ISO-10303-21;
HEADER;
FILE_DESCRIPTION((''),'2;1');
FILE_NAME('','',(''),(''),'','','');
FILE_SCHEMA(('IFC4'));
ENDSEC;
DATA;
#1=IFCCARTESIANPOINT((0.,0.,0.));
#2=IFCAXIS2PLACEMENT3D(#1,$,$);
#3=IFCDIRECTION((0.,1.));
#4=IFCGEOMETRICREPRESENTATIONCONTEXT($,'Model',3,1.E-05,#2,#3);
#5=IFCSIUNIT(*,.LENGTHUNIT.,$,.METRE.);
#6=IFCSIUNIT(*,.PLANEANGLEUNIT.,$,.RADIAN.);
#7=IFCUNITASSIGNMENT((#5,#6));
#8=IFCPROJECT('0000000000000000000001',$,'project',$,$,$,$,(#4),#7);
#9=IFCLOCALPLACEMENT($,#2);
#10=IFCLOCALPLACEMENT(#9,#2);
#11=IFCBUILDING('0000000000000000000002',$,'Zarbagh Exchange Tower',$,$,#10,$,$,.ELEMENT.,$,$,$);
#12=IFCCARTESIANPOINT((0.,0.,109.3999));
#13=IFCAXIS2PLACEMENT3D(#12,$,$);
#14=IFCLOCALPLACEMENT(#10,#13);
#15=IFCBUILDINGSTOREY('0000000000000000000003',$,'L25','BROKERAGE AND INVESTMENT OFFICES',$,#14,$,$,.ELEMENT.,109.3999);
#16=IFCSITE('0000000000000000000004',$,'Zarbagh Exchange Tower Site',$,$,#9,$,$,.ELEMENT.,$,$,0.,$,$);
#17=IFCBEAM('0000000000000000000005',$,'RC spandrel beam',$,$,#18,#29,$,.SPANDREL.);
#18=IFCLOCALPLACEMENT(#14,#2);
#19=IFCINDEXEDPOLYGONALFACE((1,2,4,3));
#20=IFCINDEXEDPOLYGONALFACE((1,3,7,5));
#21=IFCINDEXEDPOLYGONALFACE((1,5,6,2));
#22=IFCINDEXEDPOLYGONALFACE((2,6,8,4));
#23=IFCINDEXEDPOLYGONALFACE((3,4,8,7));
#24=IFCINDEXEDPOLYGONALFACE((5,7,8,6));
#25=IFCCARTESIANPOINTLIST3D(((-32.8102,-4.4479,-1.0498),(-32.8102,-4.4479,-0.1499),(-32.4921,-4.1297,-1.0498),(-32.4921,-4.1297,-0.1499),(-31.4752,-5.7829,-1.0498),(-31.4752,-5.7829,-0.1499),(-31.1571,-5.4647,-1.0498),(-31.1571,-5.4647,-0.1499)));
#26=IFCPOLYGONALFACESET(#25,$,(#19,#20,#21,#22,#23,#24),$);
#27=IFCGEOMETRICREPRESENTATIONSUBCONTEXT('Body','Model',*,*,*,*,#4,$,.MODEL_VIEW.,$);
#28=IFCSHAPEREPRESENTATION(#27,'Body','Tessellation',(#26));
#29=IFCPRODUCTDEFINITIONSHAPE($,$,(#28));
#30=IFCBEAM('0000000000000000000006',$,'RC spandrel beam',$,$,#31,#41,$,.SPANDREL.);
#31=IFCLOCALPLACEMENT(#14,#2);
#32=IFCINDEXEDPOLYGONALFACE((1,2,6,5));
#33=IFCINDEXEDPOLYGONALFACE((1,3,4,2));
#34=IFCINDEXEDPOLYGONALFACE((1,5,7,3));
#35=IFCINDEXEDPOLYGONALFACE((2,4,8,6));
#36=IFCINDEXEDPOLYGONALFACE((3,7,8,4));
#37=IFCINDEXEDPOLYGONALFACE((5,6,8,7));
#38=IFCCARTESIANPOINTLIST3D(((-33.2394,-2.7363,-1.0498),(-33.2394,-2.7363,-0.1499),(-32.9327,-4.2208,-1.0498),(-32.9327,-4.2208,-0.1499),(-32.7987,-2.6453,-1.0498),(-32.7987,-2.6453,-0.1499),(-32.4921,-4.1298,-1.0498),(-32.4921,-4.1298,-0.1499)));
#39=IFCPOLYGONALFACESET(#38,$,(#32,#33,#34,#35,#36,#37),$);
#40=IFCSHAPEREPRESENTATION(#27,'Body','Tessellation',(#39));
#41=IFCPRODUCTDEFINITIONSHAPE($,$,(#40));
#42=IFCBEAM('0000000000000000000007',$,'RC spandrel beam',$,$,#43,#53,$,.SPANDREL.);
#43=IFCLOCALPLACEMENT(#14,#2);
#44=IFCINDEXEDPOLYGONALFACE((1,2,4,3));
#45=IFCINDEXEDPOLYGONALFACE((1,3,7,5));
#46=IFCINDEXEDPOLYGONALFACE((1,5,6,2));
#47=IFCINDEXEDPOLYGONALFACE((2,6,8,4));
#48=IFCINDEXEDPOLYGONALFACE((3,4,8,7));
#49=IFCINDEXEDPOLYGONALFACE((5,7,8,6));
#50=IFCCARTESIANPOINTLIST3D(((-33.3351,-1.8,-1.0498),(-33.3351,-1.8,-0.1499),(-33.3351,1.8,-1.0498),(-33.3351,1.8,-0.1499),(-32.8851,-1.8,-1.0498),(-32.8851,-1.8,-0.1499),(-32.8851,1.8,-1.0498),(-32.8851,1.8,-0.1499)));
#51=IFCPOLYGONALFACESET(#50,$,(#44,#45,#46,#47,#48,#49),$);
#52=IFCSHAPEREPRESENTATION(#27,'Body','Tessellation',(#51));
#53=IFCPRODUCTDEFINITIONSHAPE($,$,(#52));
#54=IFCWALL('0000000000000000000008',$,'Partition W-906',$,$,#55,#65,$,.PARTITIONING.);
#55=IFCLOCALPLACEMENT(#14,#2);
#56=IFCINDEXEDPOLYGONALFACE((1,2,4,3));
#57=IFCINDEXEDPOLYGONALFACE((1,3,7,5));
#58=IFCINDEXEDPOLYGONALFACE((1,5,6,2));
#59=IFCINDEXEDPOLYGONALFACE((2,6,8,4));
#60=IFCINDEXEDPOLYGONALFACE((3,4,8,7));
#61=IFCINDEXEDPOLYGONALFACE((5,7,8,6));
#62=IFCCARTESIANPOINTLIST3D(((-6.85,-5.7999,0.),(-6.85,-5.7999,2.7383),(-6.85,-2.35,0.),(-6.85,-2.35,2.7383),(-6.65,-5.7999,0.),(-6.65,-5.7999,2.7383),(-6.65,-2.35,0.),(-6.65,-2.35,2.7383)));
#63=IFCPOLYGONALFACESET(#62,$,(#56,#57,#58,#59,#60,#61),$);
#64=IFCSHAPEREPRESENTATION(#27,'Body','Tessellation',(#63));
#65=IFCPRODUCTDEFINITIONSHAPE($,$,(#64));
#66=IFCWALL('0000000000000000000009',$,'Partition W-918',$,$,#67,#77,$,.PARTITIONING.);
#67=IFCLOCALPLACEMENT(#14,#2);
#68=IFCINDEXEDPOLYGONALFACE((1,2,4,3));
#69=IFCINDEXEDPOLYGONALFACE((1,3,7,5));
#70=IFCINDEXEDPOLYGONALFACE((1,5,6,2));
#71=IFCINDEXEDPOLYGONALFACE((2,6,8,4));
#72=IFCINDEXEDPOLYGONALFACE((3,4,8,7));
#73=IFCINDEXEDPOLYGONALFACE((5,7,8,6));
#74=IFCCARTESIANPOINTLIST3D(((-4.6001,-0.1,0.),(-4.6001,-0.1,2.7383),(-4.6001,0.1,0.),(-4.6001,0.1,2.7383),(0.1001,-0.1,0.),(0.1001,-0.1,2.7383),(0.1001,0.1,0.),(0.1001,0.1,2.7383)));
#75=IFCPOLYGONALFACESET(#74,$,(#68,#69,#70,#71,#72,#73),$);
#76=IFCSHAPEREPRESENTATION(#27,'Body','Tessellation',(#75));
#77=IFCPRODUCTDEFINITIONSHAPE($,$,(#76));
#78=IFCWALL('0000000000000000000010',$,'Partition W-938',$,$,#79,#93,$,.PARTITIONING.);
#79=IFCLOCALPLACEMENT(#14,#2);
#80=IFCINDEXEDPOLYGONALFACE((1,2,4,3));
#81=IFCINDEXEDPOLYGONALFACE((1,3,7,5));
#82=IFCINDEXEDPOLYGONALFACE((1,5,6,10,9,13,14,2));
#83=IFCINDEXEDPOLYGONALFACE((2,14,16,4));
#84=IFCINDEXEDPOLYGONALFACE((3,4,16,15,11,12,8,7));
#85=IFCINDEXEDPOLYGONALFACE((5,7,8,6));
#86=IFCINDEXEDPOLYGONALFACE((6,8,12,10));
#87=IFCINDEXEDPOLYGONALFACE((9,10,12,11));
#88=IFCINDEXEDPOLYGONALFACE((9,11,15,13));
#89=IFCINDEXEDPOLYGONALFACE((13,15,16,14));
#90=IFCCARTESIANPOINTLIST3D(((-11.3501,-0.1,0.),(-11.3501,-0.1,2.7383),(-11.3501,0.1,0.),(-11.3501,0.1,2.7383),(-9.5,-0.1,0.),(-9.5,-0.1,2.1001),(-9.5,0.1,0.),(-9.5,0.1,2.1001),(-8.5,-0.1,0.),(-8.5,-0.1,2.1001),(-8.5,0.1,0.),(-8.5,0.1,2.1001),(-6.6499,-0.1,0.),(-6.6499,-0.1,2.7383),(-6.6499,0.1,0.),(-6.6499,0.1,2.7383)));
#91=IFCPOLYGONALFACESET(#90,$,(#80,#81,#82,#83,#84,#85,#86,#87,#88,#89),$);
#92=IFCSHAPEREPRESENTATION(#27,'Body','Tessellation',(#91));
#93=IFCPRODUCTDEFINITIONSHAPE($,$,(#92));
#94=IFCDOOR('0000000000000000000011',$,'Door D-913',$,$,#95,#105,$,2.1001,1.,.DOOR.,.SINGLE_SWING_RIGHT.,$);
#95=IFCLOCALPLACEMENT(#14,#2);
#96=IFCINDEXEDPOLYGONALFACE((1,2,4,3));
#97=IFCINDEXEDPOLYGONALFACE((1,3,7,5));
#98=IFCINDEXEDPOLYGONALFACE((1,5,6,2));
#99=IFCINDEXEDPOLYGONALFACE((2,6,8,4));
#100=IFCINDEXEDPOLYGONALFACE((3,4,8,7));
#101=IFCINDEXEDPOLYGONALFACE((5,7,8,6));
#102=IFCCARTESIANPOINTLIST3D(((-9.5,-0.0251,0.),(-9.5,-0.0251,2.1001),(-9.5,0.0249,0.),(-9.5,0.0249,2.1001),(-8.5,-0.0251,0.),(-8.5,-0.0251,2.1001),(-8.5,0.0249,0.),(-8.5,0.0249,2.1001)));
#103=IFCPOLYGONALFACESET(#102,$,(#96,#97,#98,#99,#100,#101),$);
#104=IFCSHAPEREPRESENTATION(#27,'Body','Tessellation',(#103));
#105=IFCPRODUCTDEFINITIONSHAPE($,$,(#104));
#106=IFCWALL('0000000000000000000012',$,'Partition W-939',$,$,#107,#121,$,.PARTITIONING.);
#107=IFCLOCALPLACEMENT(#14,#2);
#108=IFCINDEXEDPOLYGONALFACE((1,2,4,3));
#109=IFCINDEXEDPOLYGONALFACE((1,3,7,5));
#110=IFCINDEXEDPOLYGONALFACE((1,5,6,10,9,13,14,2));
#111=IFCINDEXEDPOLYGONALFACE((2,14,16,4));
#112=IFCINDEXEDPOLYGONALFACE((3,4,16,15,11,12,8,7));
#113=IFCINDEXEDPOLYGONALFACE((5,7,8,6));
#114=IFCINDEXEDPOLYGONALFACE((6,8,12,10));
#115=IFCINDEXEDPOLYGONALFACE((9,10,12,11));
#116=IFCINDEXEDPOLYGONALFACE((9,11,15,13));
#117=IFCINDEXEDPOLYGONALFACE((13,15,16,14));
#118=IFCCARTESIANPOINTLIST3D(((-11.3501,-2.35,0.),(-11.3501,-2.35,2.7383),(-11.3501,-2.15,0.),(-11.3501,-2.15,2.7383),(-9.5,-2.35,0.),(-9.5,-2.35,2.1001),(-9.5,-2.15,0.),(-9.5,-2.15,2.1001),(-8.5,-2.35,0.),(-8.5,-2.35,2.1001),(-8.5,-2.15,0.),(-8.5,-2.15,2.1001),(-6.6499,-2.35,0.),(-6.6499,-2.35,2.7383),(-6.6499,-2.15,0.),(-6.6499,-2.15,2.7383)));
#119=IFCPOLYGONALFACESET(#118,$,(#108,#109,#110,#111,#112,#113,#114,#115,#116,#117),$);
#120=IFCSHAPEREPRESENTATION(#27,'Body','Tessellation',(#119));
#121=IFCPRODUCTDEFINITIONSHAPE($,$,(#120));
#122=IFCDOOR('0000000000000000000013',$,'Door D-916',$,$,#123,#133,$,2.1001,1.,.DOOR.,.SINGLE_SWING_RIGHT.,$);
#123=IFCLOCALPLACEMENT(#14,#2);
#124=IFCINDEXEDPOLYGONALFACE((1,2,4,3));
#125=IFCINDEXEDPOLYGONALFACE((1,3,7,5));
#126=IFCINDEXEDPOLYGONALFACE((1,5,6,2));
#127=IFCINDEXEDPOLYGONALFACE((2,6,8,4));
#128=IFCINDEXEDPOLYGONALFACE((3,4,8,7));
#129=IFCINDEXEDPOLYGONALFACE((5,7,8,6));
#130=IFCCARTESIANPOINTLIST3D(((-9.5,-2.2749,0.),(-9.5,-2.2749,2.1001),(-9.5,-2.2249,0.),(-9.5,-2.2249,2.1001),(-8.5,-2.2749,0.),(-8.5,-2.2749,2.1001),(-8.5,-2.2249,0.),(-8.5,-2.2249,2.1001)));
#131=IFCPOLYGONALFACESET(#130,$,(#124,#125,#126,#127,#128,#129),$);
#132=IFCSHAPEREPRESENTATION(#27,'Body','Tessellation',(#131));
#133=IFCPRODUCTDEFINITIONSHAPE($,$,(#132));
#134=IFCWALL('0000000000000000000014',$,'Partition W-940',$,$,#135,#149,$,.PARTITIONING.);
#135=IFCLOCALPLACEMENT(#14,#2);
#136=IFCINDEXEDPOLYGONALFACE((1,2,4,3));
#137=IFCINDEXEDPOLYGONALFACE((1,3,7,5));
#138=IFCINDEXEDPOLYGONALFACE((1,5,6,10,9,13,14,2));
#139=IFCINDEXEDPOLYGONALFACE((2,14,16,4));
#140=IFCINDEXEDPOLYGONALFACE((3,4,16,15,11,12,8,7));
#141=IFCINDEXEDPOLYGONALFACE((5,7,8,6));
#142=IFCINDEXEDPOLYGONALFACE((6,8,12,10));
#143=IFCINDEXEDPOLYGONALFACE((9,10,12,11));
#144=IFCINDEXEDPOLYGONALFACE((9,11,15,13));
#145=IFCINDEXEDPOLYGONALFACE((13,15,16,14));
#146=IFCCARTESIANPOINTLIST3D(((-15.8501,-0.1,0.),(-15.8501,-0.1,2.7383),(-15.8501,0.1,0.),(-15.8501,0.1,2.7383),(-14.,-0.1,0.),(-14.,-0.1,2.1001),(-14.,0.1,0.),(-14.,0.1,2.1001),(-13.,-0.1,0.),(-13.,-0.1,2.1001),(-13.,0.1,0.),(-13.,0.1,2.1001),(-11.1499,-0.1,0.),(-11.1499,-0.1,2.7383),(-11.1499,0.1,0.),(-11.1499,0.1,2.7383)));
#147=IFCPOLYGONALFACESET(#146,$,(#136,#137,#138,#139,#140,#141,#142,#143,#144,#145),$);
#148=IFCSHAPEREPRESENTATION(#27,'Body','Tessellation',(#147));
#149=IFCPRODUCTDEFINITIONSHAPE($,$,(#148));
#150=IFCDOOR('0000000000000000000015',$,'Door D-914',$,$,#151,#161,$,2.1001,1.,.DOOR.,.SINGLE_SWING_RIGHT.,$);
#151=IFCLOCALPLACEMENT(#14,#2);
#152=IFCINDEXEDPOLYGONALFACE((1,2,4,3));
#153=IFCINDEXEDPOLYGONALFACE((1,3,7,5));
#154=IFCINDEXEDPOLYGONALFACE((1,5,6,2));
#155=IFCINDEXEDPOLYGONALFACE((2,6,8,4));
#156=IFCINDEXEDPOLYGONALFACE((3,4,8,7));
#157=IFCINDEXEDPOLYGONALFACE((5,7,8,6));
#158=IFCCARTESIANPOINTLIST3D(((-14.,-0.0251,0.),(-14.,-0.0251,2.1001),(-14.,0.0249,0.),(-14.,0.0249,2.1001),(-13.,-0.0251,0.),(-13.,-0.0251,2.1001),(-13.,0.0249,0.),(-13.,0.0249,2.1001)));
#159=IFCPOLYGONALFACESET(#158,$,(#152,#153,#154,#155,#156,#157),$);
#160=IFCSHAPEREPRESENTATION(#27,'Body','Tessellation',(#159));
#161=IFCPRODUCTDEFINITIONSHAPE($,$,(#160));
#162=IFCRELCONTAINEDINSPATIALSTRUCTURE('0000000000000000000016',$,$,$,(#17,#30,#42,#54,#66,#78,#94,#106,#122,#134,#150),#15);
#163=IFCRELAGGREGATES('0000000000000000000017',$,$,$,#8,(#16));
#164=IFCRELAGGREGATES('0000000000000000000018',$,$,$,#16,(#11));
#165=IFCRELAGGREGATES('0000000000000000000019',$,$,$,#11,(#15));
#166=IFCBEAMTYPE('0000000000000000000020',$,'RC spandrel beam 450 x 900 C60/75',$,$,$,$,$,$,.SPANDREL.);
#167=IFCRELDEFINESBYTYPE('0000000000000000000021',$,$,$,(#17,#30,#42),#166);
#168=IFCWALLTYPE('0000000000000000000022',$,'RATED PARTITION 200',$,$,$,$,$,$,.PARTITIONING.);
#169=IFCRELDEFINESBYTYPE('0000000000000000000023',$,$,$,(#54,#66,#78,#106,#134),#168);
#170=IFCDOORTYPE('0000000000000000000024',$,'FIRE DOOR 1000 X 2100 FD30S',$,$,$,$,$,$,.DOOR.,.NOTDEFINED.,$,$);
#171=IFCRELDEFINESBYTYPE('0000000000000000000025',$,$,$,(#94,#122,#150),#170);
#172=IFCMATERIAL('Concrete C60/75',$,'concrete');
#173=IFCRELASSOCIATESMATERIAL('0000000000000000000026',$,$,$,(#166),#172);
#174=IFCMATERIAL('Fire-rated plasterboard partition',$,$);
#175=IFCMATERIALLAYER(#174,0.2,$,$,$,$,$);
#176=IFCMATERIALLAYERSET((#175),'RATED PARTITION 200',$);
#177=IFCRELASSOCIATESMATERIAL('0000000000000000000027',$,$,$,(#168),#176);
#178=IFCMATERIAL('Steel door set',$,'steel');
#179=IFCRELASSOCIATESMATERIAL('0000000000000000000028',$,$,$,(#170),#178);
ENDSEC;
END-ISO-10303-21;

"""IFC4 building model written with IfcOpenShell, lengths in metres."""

from ifc_helpers import new_model, si_unit, direction, frame, frame_2d, origin, origin_2d, place, context, subcontext, project, spatial, rectangle, extrude, material, layer, layer_set, material_profile, profile_set, type_object, element, fill, save


model = new_model("IFC4")

# Units and contexts
model_context = context("Model", 3, precision=1e-05, world=origin(), true_north=direction((0.0, 1.0)))
body_context = subcontext(model_context, "Body", "Model", "MODEL_VIEW")
ifc_project = project(units=[si_unit("LENGTHUNIT", "METRE"), si_unit("PLANEANGLEUNIT", "RADIAN")], contexts=[model_context])

# Site, building, storey
site_placement = place(None, origin())
site = spatial("IfcSite", under=ifc_project, at=site_placement, Name="Zarbagh Exchange Tower Site", CompositionType="ELEMENT", RefElevation=0.0)
building_placement = place(site_placement, origin())
building = spatial("IfcBuilding", under=site, at=building_placement, Name="Zarbagh Exchange Tower", CompositionType="ELEMENT")
storey_placement = place(building_placement, frame((0.0, 0.0, 109.3999)))
storey = spatial("IfcBuildingStorey", under=building, at=storey_placement, Name="L25", Description="BROKERAGE AND INVESTMENT OFFICES", CompositionType="ELEMENT", Elevation=109.3999)

# Shared definitions
ifc_material_1 = material(Name="Concrete C60/75", Category="concrete")

# Beams
ifc_material_profile_1 = material_profile(ifc_material_1, rectangle(XDim=0.45, YDim=0.8999, at=origin_2d()), Name="RC spandrel beam 450 x 900 C60/75")
ifc_profile_set_1 = profile_set([ifc_material_profile_1], Name="Concrete C60/75")
beam_type_1 = type_object("IfcBeamType", Name="RC spandrel beam 450 x 900 C60/75", PredefinedType="SPANDREL", material=ifc_profile_set_1)
beam_1_placement = place(storey_placement, frame((-31.3162, -5.6238, -0.5999), z_axis=(-0.707107, 0.707107, 0.0), x_axis=(-0.707107, -0.707107, 0.0)))
element("IfcBeam", 1, at=beam_1_placement, inside=storey, type_object=beam_type_1, Name="RC spandrel beam", PredefinedType="SPANDREL", context=body_context, shape_type="SweptSolid", body=[
    extrude(rectangle(XDim=0.45, YDim=0.8999, at=origin_2d()), origin(), (0.0, 0.0, 1.0), 1.8879),
])
beam_2_placement = place(storey_placement, frame((-32.7124, -4.1753, -0.5999), z_axis=(-0.202275, 0.979329, 0.0), x_axis=(-0.979329, -0.202275, 0.0)))
element("IfcBeam", 2, at=beam_2_placement, inside=storey, type_object=beam_type_1, Name="RC spandrel beam", PredefinedType="SPANDREL", context=body_context, shape_type="SweptSolid", body=[
    extrude(rectangle(XDim=0.45, YDim=0.8999, at=origin_2d()), origin(), (0.0, 0.0, 1.0), 1.5159),
])
beam_3_placement = place(storey_placement, frame((-33.1101, -1.8, -0.5999), z_axis=(0.0, 1.0, 0.0), x_axis=(-1.0, 0.0, 0.0)))
element("IfcBeam", 3, at=beam_3_placement, inside=storey, type_object=beam_type_1, Name="RC spandrel beam", PredefinedType="SPANDREL", context=body_context, shape_type="SweptSolid", body=[
    extrude(rectangle(XDim=0.45, YDim=0.8999, at=origin_2d()), origin(), (0.0, 0.0, 1.0), 3.6001),
])

# Walls
ifc_material_2 = material(Name="Fire-rated plasterboard partition")
ifc_layer = layer(ifc_material_2, 0.2)
ifc_layer_set = layer_set([ifc_layer], Name="RATED PARTITION 200")
wall_type = type_object("IfcWallType", Name="RATED PARTITION 200", PredefinedType="PARTITIONING", material=ifc_layer_set)
wall_1_placement = place(storey_placement, frame((-6.75, -5.8, 0.0), z_axis=(0.0, 0.0, 1.0), x_axis=(0.0, 1.0, 0.0)))
element("IfcWall", 4, at=wall_1_placement, inside=storey, type_object=wall_type, Name="Partition W-906", PredefinedType="PARTITIONING", context=body_context, shape_type="SweptSolid", body=[
    extrude(rectangle(XDim=3.45, YDim=0.2, at=frame_2d((1.7251, 0.0))), origin(), (0.0, 0.0, 1.0), 2.7383),
])
wall_2_placement = place(storey_placement, frame((-4.6001, 0.0, 0.0), z_axis=(0.0, 0.0, 1.0), x_axis=(1.0, 0.0, 0.0)))
element("IfcWall", 5, at=wall_2_placement, inside=storey, type_object=wall_type, Name="Partition W-918", PredefinedType="PARTITIONING", context=body_context, shape_type="SweptSolid", body=[
    extrude(rectangle(XDim=4.7002, YDim=0.2, at=frame_2d((2.3501, 0.0))), origin(), (0.0, 0.0, 1.0), 2.7383),
])

# Walls, openings, doors
wall_3_placement = place(storey_placement, frame((-11.3501, 0.0, 0.0), z_axis=(0.0, 0.0, 1.0), x_axis=(1.0, 0.0, 0.0)))
wall_3 = element("IfcWall", 6, at=wall_3_placement, inside=storey, type_object=wall_type, Name="Partition W-938", PredefinedType="PARTITIONING", context=body_context, shape_type="SweptSolid", body=[
    extrude(rectangle(XDim=4.7002, YDim=0.2, at=frame_2d((2.3501, 0.0))), origin(), (0.0, 0.0, 1.0), 2.7383),
])
opening_1_placement = place(wall_3_placement, frame((1.8501, 0.0, 0.0)))
opening_1 = element("IfcOpeningElement", 7, at=opening_1_placement, cuts=wall_3, PredefinedType="OPENING", context=body_context, shape_type="SweptSolid", body=[
    extrude(rectangle(XDim=1.0, YDim=2.1001, at=frame_2d((0.5, 1.05))), frame((0.0, 0.1099, 0.0), z_axis=(0.0, -1.0, 0.0), x_axis=(1.0, 0.0, 0.0)), (0.0, 0.0, 1.0), 0.22),
])
ifc_material_3 = material(Name="Steel door set", Category="steel")
door_type = type_object("IfcDoorType", Name="FIRE DOOR 1000 X 2100 FD30S", OperationType="NOTDEFINED", PredefinedType="DOOR", material=ifc_material_3)
door_1_placement = place(opening_1_placement, origin())
door_1 = element("IfcDoor", 8, at=door_1_placement, inside=storey, type_object=door_type, Name="Door D-913", OperationType="SINGLE_SWING_RIGHT", OverallHeight=2.1001, OverallWidth=1.0, PredefinedType="DOOR", context=body_context, shape_type="SweptSolid", body=[
    extrude(rectangle(XDim=1.0, YDim=2.1001, at=frame_2d((0.5, 1.05))), frame((0.0, 0.0249, 0.0), z_axis=(0.0, -1.0, 0.0), x_axis=(1.0, 0.0, 0.0)), (0.0, 0.0, 1.0), 0.05),
])
fill(opening_1, door_1)
wall_4_placement = place(storey_placement, frame((-6.6499, -2.25, 0.0), z_axis=(0.0, 0.0, 1.0), x_axis=(-1.0, 0.0, 0.0)))
wall_4 = element("IfcWall", 9, at=wall_4_placement, inside=storey, type_object=wall_type, Name="Partition W-939", PredefinedType="PARTITIONING", context=body_context, shape_type="SweptSolid", body=[
    extrude(rectangle(XDim=4.7002, YDim=0.2, at=frame_2d((2.3501, 0.0))), origin(), (0.0, 0.0, 1.0), 2.7383),
])
opening_2_placement = place(wall_4_placement, frame((1.8501, 0.0, 0.0)))
opening_2 = element("IfcOpeningElement", 10, at=opening_2_placement, cuts=wall_4, PredefinedType="OPENING", context=body_context, shape_type="SweptSolid", body=[
    extrude(rectangle(XDim=1.0, YDim=2.1001, at=frame_2d((0.5, 1.05))), frame((0.0, 0.1099, 0.0), z_axis=(0.0, -1.0, 0.0), x_axis=(1.0, 0.0, 0.0)), (0.0, 0.0, 1.0), 0.22),
])
door_2_placement = place(opening_2_placement, origin())
door_2 = element("IfcDoor", 11, at=door_2_placement, inside=storey, type_object=door_type, Name="Door D-916", OperationType="SINGLE_SWING_RIGHT", OverallHeight=2.1001, OverallWidth=1.0, PredefinedType="DOOR", context=body_context, shape_type="SweptSolid", body=[
    extrude(rectangle(XDim=1.0, YDim=2.1001, at=frame_2d((0.5, 1.05))), frame((0.0, 0.0249, 0.0), z_axis=(0.0, -1.0, 0.0), x_axis=(1.0, 0.0, 0.0)), (0.0, 0.0, 1.0), 0.05),
])
fill(opening_2, door_2)
wall_5_placement = place(storey_placement, frame((-15.8501, 0.0, 0.0), z_axis=(0.0, 0.0, 1.0), x_axis=(1.0, 0.0, 0.0)))
wall_5 = element("IfcWall", 12, at=wall_5_placement, inside=storey, type_object=wall_type, Name="Partition W-940", PredefinedType="PARTITIONING", context=body_context, shape_type="SweptSolid", body=[
    extrude(rectangle(XDim=4.7002, YDim=0.2, at=frame_2d((2.3501, 0.0))), origin(), (0.0, 0.0, 1.0), 2.7383),
])
opening_3_placement = place(wall_5_placement, frame((1.8501, 0.0, 0.0)))
opening_3 = element("IfcOpeningElement", 13, at=opening_3_placement, cuts=wall_5, PredefinedType="OPENING", context=body_context, shape_type="SweptSolid", body=[
    extrude(rectangle(XDim=1.0, YDim=2.1001, at=frame_2d((0.5, 1.05))), frame((0.0, 0.1099, 0.0), z_axis=(0.0, -1.0, 0.0), x_axis=(1.0, 0.0, 0.0)), (0.0, 0.0, 1.0), 0.22),
])
door_3_placement = place(opening_3_placement, origin())
door_3 = element("IfcDoor", 14, at=door_3_placement, inside=storey, type_object=door_type, Name="Door D-914", OperationType="SINGLE_SWING_RIGHT", OverallHeight=2.1001, OverallWidth=1.0, PredefinedType="DOOR", context=body_context, shape_type="SweptSolid", body=[
    extrude(rectangle(XDim=1.0, YDim=2.1001, at=frame_2d((0.5, 1.05))), frame((0.0, 0.0249, 0.0), z_axis=(0.0, -1.0, 0.0), x_axis=(1.0, 0.0, 0.0)), (0.0, 0.0, 1.0), 0.05),
])
fill(opening_3, door_3)

save(model, "model.ifc")
